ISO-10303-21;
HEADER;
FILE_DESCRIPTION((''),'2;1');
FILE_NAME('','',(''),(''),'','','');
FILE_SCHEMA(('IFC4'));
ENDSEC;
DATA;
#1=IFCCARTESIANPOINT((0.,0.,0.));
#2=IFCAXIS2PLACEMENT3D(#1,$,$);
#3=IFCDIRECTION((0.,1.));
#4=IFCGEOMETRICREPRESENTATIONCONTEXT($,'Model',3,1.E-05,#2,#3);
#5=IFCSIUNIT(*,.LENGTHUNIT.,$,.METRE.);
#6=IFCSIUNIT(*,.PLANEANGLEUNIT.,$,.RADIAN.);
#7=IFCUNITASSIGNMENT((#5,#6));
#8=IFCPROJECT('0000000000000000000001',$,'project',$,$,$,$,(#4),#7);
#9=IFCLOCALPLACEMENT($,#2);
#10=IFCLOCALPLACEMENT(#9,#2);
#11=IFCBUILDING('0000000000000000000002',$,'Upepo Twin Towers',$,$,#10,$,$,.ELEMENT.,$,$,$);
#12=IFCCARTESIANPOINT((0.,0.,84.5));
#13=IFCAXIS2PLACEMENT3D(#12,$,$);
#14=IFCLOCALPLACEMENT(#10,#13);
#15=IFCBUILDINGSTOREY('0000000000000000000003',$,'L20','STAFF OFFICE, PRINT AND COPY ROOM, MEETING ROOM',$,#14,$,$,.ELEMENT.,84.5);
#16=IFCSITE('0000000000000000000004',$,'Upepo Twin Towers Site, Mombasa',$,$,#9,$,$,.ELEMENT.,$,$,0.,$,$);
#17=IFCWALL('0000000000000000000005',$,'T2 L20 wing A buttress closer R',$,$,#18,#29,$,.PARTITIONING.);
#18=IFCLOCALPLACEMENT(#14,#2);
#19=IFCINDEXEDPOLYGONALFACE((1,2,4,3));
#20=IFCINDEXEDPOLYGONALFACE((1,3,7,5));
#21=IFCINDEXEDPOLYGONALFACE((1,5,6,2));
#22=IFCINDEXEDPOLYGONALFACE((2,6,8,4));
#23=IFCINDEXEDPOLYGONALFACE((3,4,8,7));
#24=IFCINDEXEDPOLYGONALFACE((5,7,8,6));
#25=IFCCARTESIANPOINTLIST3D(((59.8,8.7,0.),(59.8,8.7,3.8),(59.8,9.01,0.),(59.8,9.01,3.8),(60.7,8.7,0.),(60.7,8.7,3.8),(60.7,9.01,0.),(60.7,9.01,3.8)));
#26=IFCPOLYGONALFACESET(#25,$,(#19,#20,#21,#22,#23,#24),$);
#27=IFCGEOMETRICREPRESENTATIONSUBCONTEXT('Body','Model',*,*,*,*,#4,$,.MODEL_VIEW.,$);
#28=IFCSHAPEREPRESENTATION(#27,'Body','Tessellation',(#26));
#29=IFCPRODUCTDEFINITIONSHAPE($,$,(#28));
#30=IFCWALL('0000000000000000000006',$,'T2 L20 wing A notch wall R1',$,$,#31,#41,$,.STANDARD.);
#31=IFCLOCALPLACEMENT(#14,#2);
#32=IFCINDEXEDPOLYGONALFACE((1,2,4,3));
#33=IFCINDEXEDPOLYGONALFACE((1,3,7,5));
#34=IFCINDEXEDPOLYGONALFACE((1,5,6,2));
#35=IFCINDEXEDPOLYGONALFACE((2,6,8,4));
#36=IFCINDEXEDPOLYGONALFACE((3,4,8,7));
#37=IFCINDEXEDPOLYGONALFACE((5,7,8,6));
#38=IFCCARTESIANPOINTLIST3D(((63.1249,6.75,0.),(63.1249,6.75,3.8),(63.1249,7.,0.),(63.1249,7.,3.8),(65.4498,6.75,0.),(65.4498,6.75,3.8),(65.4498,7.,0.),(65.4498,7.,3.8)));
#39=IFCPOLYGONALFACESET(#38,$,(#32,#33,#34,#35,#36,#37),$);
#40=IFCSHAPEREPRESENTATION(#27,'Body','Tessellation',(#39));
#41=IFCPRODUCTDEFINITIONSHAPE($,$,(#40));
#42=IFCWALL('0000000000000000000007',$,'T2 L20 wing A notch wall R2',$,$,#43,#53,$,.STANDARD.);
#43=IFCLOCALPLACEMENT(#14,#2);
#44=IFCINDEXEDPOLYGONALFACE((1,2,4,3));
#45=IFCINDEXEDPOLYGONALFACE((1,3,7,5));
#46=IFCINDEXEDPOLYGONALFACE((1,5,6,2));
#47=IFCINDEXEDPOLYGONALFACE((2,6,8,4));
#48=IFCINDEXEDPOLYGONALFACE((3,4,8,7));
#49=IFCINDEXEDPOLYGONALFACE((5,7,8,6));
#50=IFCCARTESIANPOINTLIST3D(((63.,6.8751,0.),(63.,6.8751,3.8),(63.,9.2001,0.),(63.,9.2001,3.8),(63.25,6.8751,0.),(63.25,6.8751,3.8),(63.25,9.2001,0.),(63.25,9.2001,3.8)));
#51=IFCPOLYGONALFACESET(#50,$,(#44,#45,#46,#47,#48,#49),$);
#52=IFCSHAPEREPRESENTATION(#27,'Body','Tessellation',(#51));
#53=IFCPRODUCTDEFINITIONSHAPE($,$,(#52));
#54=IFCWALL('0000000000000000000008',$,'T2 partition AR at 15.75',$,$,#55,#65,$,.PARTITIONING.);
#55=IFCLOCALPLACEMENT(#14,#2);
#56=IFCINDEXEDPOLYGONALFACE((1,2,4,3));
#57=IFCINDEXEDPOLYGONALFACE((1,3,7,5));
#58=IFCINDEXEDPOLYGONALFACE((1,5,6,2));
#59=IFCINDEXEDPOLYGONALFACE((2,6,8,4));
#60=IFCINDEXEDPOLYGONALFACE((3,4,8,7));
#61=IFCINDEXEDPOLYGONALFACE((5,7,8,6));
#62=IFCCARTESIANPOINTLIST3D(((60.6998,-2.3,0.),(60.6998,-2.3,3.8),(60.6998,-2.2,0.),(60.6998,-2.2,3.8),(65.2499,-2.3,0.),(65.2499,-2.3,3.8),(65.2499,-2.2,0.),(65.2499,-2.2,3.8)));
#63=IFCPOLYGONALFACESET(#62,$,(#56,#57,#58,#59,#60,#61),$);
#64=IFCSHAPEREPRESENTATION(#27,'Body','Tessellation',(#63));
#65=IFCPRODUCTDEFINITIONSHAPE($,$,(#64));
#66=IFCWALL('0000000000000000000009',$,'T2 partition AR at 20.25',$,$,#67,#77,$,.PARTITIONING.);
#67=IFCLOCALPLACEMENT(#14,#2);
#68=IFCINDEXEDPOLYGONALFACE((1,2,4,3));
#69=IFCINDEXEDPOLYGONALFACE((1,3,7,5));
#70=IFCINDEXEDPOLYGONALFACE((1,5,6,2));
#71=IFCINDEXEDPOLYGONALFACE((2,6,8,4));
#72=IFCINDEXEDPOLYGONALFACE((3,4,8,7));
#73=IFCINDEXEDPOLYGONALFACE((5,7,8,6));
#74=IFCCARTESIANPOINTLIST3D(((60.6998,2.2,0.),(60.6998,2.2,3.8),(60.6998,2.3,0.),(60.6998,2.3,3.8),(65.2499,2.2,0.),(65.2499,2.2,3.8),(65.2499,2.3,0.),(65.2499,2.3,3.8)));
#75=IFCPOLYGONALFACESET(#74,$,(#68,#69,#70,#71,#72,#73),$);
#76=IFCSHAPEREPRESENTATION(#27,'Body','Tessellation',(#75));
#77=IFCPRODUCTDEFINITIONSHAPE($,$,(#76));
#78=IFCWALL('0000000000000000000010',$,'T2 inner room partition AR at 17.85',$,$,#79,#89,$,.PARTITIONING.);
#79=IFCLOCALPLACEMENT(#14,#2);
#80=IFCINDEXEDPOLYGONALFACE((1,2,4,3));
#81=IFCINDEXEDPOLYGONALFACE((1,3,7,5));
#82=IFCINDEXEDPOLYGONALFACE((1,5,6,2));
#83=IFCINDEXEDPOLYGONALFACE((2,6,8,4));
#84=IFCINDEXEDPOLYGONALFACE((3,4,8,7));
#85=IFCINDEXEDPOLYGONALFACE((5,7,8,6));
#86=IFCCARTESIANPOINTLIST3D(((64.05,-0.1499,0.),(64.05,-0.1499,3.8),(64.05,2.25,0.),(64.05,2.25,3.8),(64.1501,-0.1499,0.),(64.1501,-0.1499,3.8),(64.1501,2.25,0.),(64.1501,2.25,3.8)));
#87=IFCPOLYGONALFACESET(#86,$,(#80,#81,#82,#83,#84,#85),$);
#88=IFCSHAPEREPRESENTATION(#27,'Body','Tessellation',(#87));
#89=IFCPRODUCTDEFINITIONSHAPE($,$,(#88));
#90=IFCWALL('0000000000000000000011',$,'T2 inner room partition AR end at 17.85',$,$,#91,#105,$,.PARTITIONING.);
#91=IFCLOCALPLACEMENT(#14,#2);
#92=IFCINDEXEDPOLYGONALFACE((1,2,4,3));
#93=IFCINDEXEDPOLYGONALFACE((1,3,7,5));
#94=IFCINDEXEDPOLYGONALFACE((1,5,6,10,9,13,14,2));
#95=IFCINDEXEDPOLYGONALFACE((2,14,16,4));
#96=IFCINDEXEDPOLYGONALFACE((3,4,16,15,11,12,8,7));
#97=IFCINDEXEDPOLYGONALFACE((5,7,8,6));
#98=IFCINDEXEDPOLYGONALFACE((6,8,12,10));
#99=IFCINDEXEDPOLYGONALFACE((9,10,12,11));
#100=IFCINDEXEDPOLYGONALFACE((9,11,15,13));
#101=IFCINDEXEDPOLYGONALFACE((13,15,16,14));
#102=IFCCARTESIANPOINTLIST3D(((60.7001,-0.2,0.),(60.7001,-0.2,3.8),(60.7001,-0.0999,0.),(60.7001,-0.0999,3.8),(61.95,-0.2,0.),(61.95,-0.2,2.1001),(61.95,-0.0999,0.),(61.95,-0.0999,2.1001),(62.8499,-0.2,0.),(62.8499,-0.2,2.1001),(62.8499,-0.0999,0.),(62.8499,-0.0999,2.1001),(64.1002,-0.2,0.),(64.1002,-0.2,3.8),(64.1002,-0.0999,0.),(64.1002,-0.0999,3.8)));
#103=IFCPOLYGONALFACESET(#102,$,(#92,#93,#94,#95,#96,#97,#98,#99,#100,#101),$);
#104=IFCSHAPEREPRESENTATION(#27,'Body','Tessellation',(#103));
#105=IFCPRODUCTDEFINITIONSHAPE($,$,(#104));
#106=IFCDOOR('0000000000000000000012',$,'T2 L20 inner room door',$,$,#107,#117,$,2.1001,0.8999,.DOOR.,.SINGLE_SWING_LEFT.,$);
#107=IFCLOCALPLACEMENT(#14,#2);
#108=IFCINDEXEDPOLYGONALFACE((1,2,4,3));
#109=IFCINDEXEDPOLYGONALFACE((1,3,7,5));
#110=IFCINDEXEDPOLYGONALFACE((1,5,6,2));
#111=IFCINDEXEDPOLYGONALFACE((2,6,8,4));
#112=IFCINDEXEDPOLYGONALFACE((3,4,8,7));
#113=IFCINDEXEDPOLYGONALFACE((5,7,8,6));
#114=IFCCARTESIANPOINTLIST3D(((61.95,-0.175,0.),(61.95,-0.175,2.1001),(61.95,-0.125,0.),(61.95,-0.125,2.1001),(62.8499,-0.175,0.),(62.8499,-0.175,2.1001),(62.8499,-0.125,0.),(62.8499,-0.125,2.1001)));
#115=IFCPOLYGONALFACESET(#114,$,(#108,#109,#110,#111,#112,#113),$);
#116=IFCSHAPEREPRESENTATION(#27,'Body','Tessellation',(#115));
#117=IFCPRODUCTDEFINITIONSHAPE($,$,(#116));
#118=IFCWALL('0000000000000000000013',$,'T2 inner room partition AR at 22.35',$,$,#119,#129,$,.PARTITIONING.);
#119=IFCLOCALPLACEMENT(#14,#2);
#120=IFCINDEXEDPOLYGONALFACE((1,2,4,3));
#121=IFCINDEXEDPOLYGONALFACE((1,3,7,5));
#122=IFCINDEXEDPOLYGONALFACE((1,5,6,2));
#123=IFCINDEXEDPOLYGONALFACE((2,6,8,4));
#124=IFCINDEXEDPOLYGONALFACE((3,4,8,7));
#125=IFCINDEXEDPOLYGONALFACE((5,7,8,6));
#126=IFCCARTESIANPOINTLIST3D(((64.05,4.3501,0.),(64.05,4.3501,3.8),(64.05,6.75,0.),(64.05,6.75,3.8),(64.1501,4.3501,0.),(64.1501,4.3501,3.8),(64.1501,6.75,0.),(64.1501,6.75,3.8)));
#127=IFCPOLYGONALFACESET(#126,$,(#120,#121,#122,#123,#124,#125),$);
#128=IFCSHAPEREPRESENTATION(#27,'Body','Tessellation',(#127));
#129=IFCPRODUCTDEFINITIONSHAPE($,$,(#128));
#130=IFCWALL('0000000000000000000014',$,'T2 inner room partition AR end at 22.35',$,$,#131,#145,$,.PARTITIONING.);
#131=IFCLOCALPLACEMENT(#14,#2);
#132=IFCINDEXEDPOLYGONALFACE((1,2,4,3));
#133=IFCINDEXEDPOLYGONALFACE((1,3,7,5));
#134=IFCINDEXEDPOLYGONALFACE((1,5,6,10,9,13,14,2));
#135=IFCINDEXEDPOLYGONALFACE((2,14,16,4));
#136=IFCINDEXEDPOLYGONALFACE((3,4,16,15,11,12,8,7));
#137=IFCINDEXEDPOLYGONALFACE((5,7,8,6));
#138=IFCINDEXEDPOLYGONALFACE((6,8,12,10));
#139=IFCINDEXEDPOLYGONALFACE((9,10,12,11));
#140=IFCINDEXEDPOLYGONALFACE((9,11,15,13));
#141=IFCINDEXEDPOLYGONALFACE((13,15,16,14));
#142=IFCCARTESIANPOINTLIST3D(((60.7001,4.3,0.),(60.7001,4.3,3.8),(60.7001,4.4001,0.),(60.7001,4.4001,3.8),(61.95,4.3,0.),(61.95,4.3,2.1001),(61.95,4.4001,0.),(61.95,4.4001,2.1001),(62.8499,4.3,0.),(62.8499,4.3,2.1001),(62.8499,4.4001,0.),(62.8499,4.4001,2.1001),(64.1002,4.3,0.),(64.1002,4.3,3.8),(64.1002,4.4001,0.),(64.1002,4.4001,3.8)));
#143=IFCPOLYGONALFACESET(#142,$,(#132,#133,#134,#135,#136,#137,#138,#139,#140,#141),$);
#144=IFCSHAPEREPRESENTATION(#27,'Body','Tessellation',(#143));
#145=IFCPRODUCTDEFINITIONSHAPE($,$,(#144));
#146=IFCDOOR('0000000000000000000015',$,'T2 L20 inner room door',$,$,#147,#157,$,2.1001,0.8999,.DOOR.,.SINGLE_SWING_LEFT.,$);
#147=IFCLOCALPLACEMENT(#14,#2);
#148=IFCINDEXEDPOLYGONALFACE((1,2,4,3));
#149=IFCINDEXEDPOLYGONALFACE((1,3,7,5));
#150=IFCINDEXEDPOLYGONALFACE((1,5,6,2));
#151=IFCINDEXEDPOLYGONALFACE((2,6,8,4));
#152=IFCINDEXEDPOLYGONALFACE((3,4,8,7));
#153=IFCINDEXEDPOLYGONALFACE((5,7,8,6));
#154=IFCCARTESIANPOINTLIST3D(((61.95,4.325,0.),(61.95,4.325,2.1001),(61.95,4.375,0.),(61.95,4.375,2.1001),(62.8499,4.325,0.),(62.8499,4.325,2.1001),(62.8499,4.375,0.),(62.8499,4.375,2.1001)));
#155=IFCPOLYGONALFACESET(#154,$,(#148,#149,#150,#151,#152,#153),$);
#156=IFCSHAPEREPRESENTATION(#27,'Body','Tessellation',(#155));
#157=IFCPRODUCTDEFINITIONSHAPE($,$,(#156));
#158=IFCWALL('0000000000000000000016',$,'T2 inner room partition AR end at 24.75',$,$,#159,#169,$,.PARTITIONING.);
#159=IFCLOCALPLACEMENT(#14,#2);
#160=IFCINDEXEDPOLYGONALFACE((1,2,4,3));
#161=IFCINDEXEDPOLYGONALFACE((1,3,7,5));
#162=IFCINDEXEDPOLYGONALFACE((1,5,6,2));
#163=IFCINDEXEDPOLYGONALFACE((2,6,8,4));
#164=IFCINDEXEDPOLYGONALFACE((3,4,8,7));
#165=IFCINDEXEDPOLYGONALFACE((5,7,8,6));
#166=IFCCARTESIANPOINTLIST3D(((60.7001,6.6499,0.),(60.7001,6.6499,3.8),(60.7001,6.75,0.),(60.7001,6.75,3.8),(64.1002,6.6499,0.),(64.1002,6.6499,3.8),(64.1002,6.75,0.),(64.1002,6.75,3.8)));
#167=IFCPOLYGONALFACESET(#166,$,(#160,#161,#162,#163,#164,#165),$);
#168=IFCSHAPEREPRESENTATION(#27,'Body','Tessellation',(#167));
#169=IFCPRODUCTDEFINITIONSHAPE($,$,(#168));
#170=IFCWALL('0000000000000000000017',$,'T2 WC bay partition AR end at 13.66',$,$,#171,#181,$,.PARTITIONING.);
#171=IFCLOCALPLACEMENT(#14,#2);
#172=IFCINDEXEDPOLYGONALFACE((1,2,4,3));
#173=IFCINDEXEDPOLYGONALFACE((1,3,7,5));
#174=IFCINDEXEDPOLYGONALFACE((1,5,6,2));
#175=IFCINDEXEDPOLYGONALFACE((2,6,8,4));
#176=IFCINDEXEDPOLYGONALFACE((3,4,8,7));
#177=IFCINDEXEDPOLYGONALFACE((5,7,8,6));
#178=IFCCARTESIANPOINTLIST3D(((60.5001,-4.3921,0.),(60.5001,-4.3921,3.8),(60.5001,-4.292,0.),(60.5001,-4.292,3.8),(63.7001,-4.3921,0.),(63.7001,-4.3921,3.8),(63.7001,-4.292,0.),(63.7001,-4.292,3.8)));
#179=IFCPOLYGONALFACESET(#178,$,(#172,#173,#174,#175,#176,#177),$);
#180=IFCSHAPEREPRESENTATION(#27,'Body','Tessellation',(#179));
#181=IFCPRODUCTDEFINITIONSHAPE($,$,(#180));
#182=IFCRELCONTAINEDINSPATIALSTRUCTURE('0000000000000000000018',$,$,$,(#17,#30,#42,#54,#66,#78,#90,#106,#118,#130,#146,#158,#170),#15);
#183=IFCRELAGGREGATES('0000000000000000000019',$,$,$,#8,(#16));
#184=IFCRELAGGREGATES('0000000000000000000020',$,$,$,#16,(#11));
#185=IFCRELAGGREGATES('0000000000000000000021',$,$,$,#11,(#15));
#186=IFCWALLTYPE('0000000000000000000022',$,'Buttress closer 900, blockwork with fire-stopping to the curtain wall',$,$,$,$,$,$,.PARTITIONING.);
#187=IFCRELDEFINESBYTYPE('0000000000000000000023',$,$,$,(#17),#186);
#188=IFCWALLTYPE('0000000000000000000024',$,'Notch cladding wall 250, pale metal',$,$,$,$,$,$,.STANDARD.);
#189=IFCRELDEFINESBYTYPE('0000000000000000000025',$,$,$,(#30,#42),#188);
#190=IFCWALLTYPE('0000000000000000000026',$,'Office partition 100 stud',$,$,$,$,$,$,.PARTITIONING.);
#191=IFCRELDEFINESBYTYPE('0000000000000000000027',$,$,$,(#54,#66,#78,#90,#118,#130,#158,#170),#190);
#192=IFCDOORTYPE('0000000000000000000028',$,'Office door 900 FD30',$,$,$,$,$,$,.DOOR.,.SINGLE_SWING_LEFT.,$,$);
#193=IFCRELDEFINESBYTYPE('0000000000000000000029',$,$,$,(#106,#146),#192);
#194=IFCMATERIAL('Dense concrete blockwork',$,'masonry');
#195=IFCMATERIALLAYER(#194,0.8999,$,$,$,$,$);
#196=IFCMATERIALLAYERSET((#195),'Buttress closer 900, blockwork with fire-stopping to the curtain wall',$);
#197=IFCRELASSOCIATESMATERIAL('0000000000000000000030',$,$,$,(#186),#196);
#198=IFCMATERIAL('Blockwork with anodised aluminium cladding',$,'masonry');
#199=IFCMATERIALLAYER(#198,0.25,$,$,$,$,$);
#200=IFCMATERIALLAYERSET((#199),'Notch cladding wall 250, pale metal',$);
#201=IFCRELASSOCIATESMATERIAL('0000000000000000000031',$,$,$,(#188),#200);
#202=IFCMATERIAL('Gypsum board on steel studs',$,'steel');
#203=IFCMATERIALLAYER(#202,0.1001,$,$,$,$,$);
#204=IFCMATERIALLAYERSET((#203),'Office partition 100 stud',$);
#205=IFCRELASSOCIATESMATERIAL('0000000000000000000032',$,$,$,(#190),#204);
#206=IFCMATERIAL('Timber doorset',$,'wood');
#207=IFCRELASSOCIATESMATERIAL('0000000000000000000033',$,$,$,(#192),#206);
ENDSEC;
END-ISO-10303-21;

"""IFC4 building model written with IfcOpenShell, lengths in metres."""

from ifc_helpers import new_model, si_unit, direction, frame, frame_2d, origin, place, context, subcontext, project, spatial, rectangle, extrude, material, layer, layer_set, type_object, element, fill, save


model = new_model("IFC4")

# Units and contexts
model_context = context("Model", 3, precision=1e-05, world=origin(), true_north=direction((0.0, 1.0)))
body_context = subcontext(model_context, "Body", "Model", "MODEL_VIEW")
ifc_project = project(units=[si_unit("LENGTHUNIT", "METRE"), si_unit("PLANEANGLEUNIT", "RADIAN")], contexts=[model_context])

# Site, building, storey
site_placement = place(None, origin())
site = spatial("IfcSite", under=ifc_project, at=site_placement, Name="Upepo Twin Towers Site, Mombasa", CompositionType="ELEMENT", RefElevation=0.0)
building_placement = place(site_placement, origin())
building = spatial("IfcBuilding", under=site, at=building_placement, Name="Upepo Twin Towers", CompositionType="ELEMENT")
storey_placement = place(building_placement, frame((0.0, 0.0, 84.5)))
storey = spatial("IfcBuildingStorey", under=building, at=storey_placement, Name="L20", Description="STAFF OFFICE, PRINT AND COPY ROOM, MEETING ROOM", CompositionType="ELEMENT", Elevation=84.5)

# Walls
ifc_material_1 = material(Name="Dense concrete blockwork", Category="masonry")
ifc_layer_1 = layer(ifc_material_1, 0.8999)
ifc_layer_set_1 = layer_set([ifc_layer_1], Name="Buttress closer 900, blockwork with fire-stopping to the curtain wall")
wall_type_1 = type_object("IfcWallType", Name="Buttress closer 900, blockwork with fire-stopping to the curtain wall", PredefinedType="PARTITIONING", material=ifc_layer_set_1)
wall_1_placement = place(storey_placement, frame((60.25, 8.7, 0.0), z_axis=(0.0, 0.0, 1.0), x_axis=(0.0, 1.0, 0.0)))
element("IfcWall", 1, at=wall_1_placement, inside=storey, type_object=wall_type_1, Name="T2 L20 wing A buttress closer R", PredefinedType="PARTITIONING", context=body_context, shape_type="SweptSolid", body=[
    extrude(rectangle(XDim=0.3101, YDim=0.8999, at=frame_2d((0.155, 0.0))), origin(), (0.0, 0.0, 1.0), 3.8),
])
ifc_material_2 = material(Name="Blockwork with anodised aluminium cladding", Category="masonry")
ifc_layer_2 = layer(ifc_material_2, 0.25)
ifc_layer_set_2 = layer_set([ifc_layer_2], Name="Notch cladding wall 250, pale metal")
wall_type_2 = type_object("IfcWallType", Name="Notch cladding wall 250, pale metal", PredefinedType="STANDARD", material=ifc_layer_set_2)
for number, where, z_axis, x_axis, name in (
    (2, (65.45, 6.875, 0.0), (0.0, 0.0, 1.0), (-1.0, 0.0, 0.0), "T2 L20 wing A notch wall R1"),
    (3, (63.125, 6.875, 0.0), (0.0, 0.0, 1.0), (0.0, 1.0, 0.0), "T2 L20 wing A notch wall R2"),
):
    element("IfcWall", number, at=place(storey_placement, frame(where, z_axis=z_axis, x_axis=x_axis)), inside=storey, type_object=wall_type_2, Name=name, PredefinedType="STANDARD", context=body_context, shape_type="SweptSolid", body=[
        extrude(rectangle(XDim=2.325, YDim=0.25, at=frame_2d((1.1626, 0.0))), origin(), (0.0, 0.0, 1.0), 3.8),
    ])
ifc_material_3 = material(Name="Gypsum board on steel studs", Category="steel")
ifc_layer_3 = layer(ifc_material_3, 0.1001)
ifc_layer_set_3 = layer_set([ifc_layer_3], Name="Office partition 100 stud")
wall_type_3 = type_object("IfcWallType", Name="Office partition 100 stud", PredefinedType="PARTITIONING", material=ifc_layer_set_3)
for number, where, z_axis, x_axis, name in (
    (4, (60.7, -2.25, 0.0), (0.0, 0.0, 1.0), (1.0, 0.0, 0.0), "T2 partition AR at 15.75"),
    (5, (60.7, 2.25, 0.0), (0.0, 0.0, 1.0), (1.0, 0.0, 0.0), "T2 partition AR at 20.25"),
):
    element("IfcWall", number, at=place(storey_placement, frame(where, z_axis=z_axis, x_axis=x_axis)), inside=storey, type_object=wall_type_3, Name=name, PredefinedType="PARTITIONING", context=body_context, shape_type="SweptSolid", body=[
        extrude(rectangle(XDim=4.55, YDim=0.1001, at=frame_2d((2.2749, 0.0))), origin(), (0.0, 0.0, 1.0), 3.8),
    ])
wall_2_placement = place(storey_placement, frame((64.1001, -0.1499, 0.0), z_axis=(0.0, 0.0, 1.0), x_axis=(0.0, 1.0, 0.0)))
element("IfcWall", 6, at=wall_2_placement, inside=storey, type_object=wall_type_3, Name="T2 inner room partition AR at 17.85", PredefinedType="PARTITIONING", context=body_context, shape_type="SweptSolid", body=[
    extrude(rectangle(XDim=2.3999, YDim=0.1001, at=frame_2d((1.2, 0.0))), origin(), (0.0, 0.0, 1.0), 3.8),
])

# Wall, opening, door
wall_3_placement = place(storey_placement, frame((60.7, -0.1499, 0.0), z_axis=(0.0, 0.0, 1.0), x_axis=(1.0, 0.0, 0.0)))
wall_3 = element("IfcWall", 7, at=wall_3_placement, inside=storey, type_object=wall_type_3, Name="T2 inner room partition AR end at 17.85", PredefinedType="PARTITIONING", context=body_context, shape_type="SweptSolid", body=[
    extrude(rectangle(XDim=3.4001, YDim=0.1001, at=frame_2d((1.7002, 0.0))), origin(), (0.0, 0.0, 1.0), 3.8),
])
opening_1_placement = place(wall_3_placement, frame((1.25, 0.0, 0.0)))
opening_1 = element("IfcOpeningElement", 8, at=opening_1_placement, cuts=wall_3, PredefinedType="OPENING", context=body_context, shape_type="SweptSolid", body=[
    extrude(rectangle(XDim=0.8999, YDim=2.1001, at=frame_2d((0.45, 1.05))), frame((0.0, 0.0601, 0.0), z_axis=(0.0, -1.0, 0.0), x_axis=(1.0, 0.0, 0.0)), (0.0, 0.0, 1.0), 0.1201),
])
ifc_material_4 = material(Name="Timber doorset", Category="wood")
door_type = type_object("IfcDoorType", Name="Office door 900 FD30", OperationType="SINGLE_SWING_LEFT", PredefinedType="DOOR", material=ifc_material_4)
door_1_placement = place(opening_1_placement, origin())
door_1 = element("IfcDoor", 9, at=door_1_placement, inside=storey, type_object=door_type, Name="T2 L20 inner room door", OperationType="SINGLE_SWING_LEFT", OverallHeight=2.1001, OverallWidth=0.8999, PredefinedType="DOOR", context=body_context, shape_type="SweptSolid", body=[
    extrude(rectangle(XDim=0.8999, YDim=2.1001, at=frame_2d((0.45, 1.05))), frame((0.0, 0.0249, 0.0), z_axis=(0.0, -1.0, 0.0), x_axis=(1.0, 0.0, 0.0)), (0.0, 0.0, 1.0), 0.05),
])
fill(opening_1, door_1)

# Wall
wall_4_placement = place(storey_placement, frame((64.1001, 4.3501, 0.0), z_axis=(0.0, 0.0, 1.0), x_axis=(0.0, 1.0, 0.0)))
element("IfcWall", 10, at=wall_4_placement, inside=storey, type_object=wall_type_3, Name="T2 inner room partition AR at 22.35", PredefinedType="PARTITIONING", context=body_context, shape_type="SweptSolid", body=[
    extrude(rectangle(XDim=2.3999, YDim=0.1001, at=frame_2d((1.2, 0.0))), origin(), (0.0, 0.0, 1.0), 3.8),
])

# Wall, opening, door
wall_5_placement = place(storey_placement, frame((60.7, 4.3501, 0.0), z_axis=(0.0, 0.0, 1.0), x_axis=(1.0, 0.0, 0.0)))
wall_5 = element("IfcWall", 11, at=wall_5_placement, inside=storey, type_object=wall_type_3, Name="T2 inner room partition AR end at 22.35", PredefinedType="PARTITIONING", context=body_context, shape_type="SweptSolid", body=[
    extrude(rectangle(XDim=3.4001, YDim=0.1001, at=frame_2d((1.7002, 0.0))), origin(), (0.0, 0.0, 1.0), 3.8),
])
opening_2_placement = place(wall_5_placement, frame((1.25, 0.0, 0.0)))
opening_2 = element("IfcOpeningElement", 12, at=opening_2_placement, cuts=wall_5, PredefinedType="OPENING", context=body_context, shape_type="SweptSolid", body=[
    extrude(rectangle(XDim=0.8999, YDim=2.1001, at=frame_2d((0.45, 1.05))), frame((0.0, 0.0601, 0.0), z_axis=(0.0, -1.0, 0.0), x_axis=(1.0, 0.0, 0.0)), (0.0, 0.0, 1.0), 0.1201),
])
door_2_placement = place(opening_2_placement, origin())
door_2 = element("IfcDoor", 13, at=door_2_placement, inside=storey, type_object=door_type, Name="T2 L20 inner room door", OperationType="SINGLE_SWING_LEFT", OverallHeight=2.1001, OverallWidth=0.8999, PredefinedType="DOOR", context=body_context, shape_type="SweptSolid", body=[
    extrude(rectangle(XDim=0.8999, YDim=2.1001, at=frame_2d((0.45, 1.05))), frame((0.0, 0.0249, 0.0), z_axis=(0.0, -1.0, 0.0), x_axis=(1.0, 0.0, 0.0)), (0.0, 0.0, 1.0), 0.05),
])
fill(opening_2, door_2)

# Walls
wall_6_placement = place(storey_placement, frame((60.7, 6.7, 0.0), z_axis=(0.0, 0.0, 1.0), x_axis=(1.0, 0.0, 0.0)))
element("IfcWall", 14, at=wall_6_placement, inside=storey, type_object=wall_type_3, Name="T2 inner room partition AR end at 24.75", PredefinedType="PARTITIONING", context=body_context, shape_type="SweptSolid", body=[
    extrude(rectangle(XDim=3.4001, YDim=0.1001, at=frame_2d((1.7002, 0.0))), origin(), (0.0, 0.0, 1.0), 3.8),
])
wall_7_placement = place(storey_placement, frame((60.5, -4.342, 0.0), z_axis=(0.0, 0.0, 1.0), x_axis=(1.0, 0.0, 0.0)))
element("IfcWall", 15, at=wall_7_placement, inside=storey, type_object=wall_type_3, Name="T2 WC bay partition AR end at 13.66", PredefinedType="PARTITIONING", context=body_context, shape_type="SweptSolid", body=[
    extrude(rectangle(XDim=3.2, YDim=0.1001, at=frame_2d((1.6001, 0.0))), origin(), (0.0, 0.0, 1.0), 3.8),
])

save(model, "model.ifc")
